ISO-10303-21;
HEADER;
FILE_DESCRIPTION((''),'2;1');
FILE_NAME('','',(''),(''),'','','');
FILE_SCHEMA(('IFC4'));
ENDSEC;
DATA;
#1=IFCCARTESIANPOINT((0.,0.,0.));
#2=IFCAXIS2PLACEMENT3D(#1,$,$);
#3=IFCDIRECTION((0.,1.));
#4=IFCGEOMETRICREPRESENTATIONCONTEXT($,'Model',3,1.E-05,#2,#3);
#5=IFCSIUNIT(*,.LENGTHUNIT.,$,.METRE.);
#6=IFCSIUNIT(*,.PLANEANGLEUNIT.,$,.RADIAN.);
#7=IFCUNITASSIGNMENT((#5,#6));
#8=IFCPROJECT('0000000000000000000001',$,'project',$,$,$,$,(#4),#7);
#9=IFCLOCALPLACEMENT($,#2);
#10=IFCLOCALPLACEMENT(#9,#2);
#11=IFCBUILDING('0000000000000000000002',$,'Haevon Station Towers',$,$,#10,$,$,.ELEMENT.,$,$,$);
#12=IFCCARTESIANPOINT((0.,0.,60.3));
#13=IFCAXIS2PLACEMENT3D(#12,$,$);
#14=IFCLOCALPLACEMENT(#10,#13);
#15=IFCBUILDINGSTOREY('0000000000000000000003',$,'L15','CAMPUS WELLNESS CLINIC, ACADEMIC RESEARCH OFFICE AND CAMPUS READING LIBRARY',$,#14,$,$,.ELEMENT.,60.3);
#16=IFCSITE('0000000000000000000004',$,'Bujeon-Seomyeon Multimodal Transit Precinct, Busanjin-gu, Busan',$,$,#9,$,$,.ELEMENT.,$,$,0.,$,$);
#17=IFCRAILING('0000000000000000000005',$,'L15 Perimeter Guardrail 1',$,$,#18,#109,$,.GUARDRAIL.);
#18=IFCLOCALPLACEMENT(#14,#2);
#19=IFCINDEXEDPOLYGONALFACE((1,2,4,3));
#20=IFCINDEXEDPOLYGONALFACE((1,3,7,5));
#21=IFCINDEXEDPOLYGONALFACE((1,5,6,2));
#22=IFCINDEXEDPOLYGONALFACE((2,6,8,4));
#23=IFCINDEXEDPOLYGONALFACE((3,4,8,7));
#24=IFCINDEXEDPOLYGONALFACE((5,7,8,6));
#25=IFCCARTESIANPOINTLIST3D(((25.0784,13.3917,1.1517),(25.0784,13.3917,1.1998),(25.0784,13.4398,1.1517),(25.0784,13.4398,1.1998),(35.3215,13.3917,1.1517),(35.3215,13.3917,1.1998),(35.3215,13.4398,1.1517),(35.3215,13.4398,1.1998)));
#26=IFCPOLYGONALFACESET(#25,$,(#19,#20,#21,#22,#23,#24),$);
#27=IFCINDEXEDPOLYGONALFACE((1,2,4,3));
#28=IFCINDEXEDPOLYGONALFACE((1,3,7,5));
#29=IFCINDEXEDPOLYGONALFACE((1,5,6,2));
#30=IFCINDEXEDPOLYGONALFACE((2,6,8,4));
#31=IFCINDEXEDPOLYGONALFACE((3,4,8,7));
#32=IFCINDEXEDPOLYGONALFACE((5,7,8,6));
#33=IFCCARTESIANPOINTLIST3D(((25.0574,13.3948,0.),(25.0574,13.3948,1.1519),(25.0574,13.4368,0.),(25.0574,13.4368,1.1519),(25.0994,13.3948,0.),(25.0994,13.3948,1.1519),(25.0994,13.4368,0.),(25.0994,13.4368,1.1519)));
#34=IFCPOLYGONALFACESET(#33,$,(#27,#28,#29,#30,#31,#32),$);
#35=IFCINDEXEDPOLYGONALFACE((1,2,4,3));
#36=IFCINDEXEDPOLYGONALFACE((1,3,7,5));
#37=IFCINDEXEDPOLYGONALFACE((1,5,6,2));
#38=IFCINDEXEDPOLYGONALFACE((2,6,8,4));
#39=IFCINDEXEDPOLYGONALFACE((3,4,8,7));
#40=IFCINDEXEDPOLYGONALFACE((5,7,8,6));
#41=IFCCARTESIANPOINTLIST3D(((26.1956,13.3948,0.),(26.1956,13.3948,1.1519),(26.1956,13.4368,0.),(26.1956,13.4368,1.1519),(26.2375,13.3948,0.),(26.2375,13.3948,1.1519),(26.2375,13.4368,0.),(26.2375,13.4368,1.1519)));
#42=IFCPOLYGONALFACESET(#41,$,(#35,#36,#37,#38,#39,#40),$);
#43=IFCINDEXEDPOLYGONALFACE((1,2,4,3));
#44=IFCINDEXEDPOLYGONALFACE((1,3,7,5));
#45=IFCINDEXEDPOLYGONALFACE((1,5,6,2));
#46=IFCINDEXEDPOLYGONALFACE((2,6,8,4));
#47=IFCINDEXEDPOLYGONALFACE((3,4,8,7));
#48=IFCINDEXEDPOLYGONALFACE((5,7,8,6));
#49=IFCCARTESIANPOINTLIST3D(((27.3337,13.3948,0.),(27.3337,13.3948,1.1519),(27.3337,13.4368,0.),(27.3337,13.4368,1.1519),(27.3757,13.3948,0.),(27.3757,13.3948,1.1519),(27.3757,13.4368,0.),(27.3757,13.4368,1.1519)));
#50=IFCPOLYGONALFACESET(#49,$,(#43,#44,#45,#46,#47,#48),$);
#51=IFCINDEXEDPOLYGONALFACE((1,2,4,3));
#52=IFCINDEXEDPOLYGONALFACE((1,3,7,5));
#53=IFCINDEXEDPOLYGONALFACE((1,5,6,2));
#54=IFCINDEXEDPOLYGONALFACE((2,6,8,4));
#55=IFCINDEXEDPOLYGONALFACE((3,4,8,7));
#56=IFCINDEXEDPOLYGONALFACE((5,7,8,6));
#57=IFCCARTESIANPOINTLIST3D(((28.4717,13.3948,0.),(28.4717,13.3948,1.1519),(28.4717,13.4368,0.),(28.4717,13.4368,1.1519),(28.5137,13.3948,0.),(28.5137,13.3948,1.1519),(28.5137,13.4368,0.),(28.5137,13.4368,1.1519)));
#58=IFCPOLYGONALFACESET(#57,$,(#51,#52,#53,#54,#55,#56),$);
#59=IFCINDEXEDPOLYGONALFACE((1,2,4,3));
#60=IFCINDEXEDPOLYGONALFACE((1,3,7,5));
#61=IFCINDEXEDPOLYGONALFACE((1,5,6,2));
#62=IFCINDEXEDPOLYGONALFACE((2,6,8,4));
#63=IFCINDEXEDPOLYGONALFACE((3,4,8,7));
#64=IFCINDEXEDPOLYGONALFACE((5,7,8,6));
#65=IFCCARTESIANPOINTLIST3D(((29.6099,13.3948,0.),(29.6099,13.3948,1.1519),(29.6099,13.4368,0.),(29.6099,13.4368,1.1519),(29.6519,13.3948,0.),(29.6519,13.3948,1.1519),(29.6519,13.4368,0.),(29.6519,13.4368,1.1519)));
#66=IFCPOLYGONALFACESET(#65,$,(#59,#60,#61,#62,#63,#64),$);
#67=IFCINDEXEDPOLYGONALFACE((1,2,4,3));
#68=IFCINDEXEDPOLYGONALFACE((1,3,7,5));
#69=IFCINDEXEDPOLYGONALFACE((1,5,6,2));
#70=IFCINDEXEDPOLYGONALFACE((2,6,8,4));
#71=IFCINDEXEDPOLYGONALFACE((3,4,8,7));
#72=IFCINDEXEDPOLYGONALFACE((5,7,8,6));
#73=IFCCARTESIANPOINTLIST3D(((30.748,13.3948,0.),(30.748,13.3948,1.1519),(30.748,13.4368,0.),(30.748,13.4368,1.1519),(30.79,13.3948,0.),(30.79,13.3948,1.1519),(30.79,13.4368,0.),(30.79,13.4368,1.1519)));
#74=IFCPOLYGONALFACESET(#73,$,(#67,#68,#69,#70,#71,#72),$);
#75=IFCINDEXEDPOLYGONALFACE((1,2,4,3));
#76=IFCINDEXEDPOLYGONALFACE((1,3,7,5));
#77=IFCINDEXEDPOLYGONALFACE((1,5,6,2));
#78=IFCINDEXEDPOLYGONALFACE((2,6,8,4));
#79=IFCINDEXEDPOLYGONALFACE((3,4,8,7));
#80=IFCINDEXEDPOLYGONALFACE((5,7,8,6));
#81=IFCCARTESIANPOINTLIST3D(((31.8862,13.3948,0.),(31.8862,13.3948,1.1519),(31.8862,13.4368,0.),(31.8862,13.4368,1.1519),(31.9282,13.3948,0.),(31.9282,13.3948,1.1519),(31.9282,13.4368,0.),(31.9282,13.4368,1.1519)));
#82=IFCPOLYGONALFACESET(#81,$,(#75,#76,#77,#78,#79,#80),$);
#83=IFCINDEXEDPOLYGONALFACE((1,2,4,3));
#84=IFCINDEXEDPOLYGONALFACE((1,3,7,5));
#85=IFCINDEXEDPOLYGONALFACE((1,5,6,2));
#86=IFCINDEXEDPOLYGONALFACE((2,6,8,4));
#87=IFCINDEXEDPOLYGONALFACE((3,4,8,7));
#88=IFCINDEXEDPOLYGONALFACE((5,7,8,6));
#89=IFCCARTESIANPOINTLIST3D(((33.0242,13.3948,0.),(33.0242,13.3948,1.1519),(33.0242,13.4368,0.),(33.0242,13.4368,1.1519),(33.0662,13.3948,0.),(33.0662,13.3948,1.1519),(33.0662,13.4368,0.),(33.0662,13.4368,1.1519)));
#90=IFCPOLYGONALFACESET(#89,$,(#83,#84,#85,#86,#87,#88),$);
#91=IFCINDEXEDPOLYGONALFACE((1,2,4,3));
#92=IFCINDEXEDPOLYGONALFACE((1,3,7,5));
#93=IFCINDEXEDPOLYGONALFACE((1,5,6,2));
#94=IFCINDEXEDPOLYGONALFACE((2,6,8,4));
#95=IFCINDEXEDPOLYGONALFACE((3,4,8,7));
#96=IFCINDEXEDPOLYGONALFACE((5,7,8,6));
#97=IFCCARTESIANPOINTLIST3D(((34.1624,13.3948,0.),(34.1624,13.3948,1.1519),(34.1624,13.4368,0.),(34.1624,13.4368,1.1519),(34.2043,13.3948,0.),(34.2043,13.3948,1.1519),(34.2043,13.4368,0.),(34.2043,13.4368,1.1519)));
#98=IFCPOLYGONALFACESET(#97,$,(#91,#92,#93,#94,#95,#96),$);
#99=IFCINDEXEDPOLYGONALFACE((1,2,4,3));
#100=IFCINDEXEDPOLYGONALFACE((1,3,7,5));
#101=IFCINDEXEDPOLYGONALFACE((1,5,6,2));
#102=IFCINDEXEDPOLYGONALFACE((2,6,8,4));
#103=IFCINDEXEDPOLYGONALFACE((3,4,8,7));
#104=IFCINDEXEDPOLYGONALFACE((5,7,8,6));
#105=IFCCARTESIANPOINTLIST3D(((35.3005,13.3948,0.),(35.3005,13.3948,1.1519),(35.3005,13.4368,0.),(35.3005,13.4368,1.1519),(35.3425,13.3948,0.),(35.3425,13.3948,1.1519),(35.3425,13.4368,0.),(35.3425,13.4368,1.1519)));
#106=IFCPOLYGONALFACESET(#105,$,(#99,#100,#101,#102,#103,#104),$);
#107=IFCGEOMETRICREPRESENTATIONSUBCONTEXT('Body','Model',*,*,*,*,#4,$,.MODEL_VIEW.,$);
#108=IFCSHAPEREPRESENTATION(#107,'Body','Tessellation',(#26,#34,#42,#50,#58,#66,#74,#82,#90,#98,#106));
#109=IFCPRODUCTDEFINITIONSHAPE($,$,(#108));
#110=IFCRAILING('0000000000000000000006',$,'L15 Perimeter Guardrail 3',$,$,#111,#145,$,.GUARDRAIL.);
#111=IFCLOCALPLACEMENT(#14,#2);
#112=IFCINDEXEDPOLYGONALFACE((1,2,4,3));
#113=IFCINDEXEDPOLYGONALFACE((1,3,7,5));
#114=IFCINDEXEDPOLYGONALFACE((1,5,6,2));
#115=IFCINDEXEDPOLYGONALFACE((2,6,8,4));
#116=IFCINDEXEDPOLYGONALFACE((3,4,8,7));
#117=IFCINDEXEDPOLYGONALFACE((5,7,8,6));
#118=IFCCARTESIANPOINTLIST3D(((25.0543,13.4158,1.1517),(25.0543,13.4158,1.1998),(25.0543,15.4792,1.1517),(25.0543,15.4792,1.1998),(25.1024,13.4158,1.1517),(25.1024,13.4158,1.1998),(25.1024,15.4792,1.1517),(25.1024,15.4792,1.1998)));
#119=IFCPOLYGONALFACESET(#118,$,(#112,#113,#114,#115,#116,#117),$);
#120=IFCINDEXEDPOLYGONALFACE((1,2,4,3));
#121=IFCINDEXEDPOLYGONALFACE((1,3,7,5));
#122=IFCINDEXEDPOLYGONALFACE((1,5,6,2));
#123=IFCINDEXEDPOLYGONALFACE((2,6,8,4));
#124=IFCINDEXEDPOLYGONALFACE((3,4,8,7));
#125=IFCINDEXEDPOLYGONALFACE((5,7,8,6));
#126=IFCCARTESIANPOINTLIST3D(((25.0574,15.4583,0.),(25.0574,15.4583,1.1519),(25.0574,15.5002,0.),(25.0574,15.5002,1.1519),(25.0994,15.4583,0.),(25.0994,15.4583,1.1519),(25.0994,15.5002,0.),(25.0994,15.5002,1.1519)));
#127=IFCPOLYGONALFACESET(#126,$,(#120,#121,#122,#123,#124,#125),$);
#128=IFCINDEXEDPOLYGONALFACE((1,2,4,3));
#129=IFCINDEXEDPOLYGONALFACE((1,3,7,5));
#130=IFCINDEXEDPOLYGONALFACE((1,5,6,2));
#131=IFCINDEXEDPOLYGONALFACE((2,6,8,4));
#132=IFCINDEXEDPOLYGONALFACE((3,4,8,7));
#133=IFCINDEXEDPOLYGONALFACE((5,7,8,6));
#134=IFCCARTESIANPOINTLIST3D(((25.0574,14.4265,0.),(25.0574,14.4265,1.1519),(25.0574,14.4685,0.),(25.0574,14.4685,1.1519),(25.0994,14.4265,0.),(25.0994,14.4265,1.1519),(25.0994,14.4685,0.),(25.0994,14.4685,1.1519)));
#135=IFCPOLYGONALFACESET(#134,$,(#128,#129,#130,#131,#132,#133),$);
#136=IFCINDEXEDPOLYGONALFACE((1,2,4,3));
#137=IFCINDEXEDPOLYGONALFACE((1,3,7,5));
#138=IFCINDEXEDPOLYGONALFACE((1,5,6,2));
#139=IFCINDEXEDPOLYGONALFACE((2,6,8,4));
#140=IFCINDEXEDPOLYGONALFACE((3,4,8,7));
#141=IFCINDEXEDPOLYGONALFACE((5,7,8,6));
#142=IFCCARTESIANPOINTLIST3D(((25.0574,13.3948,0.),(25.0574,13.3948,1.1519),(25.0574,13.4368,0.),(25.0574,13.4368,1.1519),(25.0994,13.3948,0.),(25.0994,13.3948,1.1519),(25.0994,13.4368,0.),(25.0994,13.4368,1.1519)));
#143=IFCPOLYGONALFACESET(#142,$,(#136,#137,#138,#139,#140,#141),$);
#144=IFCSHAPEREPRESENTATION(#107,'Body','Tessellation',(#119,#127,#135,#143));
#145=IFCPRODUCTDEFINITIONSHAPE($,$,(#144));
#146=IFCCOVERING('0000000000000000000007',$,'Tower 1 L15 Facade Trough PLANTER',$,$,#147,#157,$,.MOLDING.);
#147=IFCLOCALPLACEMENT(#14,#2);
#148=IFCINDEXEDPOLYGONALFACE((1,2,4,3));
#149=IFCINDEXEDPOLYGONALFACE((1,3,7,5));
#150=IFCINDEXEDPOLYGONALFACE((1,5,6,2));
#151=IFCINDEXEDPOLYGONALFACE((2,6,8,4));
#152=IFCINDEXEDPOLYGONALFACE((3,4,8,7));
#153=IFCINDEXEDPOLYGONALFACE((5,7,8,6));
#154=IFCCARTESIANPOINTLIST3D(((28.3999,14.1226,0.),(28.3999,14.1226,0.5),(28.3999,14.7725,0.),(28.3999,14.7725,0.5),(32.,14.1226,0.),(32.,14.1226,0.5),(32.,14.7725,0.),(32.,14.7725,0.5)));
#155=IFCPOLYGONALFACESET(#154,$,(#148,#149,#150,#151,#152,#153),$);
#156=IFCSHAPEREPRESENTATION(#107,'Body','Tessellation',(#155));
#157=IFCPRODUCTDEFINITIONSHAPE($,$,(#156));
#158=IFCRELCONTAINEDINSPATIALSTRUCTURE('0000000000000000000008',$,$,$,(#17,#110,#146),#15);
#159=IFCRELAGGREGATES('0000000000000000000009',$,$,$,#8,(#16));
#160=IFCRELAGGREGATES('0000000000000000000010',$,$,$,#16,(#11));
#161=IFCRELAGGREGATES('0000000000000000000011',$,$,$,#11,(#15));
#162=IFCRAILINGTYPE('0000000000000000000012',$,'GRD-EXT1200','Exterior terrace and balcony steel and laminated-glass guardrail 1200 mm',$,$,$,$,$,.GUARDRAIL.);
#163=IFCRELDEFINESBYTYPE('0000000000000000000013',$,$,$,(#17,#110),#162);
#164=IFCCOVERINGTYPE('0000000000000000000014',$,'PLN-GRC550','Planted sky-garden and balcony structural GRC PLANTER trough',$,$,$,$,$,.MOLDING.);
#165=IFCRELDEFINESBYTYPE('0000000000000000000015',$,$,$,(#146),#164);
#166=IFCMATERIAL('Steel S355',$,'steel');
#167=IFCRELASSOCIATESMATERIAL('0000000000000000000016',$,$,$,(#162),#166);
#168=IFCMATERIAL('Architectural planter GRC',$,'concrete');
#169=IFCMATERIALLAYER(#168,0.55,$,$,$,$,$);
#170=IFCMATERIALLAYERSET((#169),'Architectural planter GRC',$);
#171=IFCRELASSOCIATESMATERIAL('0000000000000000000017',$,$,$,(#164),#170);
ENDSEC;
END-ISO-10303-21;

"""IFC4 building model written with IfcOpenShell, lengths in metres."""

from ifc_helpers import new_model, si_unit, direction, frame, origin, origin_2d, place, context, subcontext, project, spatial, rectangle, extrude, material, layer, layer_set, type_object, element, save


model = new_model("IFC4")

# Units and contexts
model_context = context("Model", 3, precision=1e-05, world=origin(), true_north=direction((0.0, 1.0)))
body_context = subcontext(model_context, "Body", "Model", "MODEL_VIEW")
ifc_project = project(units=[si_unit("LENGTHUNIT", "METRE"), si_unit("PLANEANGLEUNIT", "RADIAN")], contexts=[model_context])

# Site, building, storey
site_placement = place(None, origin())
site = spatial("IfcSite", under=ifc_project, at=site_placement, Name="Bujeon-Seomyeon Multimodal Transit Precinct, Busanjin-gu, Busan", CompositionType="ELEMENT", RefElevation=0.0)
building_placement = place(site_placement, origin())
building = spatial("IfcBuilding", under=site, at=building_placement, Name="Haevon Station Towers", CompositionType="ELEMENT")
storey_placement = place(building_placement, frame((0.0, 0.0, 60.3)))
storey = spatial("IfcBuildingStorey", under=building, at=storey_placement, Name="L15", Description="CAMPUS WELLNESS CLINIC, ACADEMIC RESEARCH OFFICE AND CAMPUS READING LIBRARY", CompositionType="ELEMENT", Elevation=60.3)

# Shared definitions
ifc_material_1 = material(Name="Steel S355", Category="steel")

# Railings
railing_type = type_object("IfcRailingType", Name="GRD-EXT1200", Description="Exterior terrace and balcony steel and laminated-glass guardrail 1200 mm", PredefinedType="GUARDRAIL", material=ifc_material_1)
railing_1_placement = place(storey_placement, frame((25.0784, 13.4158, 0.0)))
element("IfcRailing", 1, at=railing_1_placement, inside=storey, type_object=railing_type, Name="L15 Perimeter Guardrail 1", PredefinedType="GUARDRAIL", context=body_context, shape_type="SweptSolid", body=[
    extrude(rectangle(XDim=0.0481, YDim=0.0481, at=origin_2d()), frame((0.0, 0.0, 1.1758), z_axis=(1.0, 0.0, 0.0), x_axis=(0.0, 1.0, 0.0)), (0.0, 0.0, 1.0), 10.2432),
    extrude(rectangle(XDim=0.042, YDim=0.042, at=origin_2d()), origin(), (0.0, 0.0, 1.0), 1.1519),
    extrude(rectangle(XDim=0.042, YDim=0.042, at=origin_2d()), frame((1.1382, 0.0, 0.0)), (0.0, 0.0, 1.0), 1.1519),
    extrude(rectangle(XDim=0.042, YDim=0.042, at=origin_2d()), frame((2.2764, 0.0, 0.0)), (0.0, 0.0, 1.0), 1.1519),
    extrude(rectangle(XDim=0.042, YDim=0.042, at=origin_2d()), frame((3.4143, 0.0, 0.0)), (0.0, 0.0, 1.0), 1.1519),
    extrude(rectangle(XDim=0.042, YDim=0.042, at=origin_2d()), frame((4.5525, 0.0, 0.0)), (0.0, 0.0, 1.0), 1.1519),
    extrude(rectangle(XDim=0.042, YDim=0.042, at=origin_2d()), frame((5.6907, 0.0, 0.0)), (0.0, 0.0, 1.0), 1.1519),
    extrude(rectangle(XDim=0.042, YDim=0.042, at=origin_2d()), frame((6.8289, 0.0, 0.0)), (0.0, 0.0, 1.0), 1.1519),
    extrude(rectangle(XDim=0.042, YDim=0.042, at=origin_2d()), frame((7.9668, 0.0, 0.0)), (0.0, 0.0, 1.0), 1.1519),
    extrude(rectangle(XDim=0.042, YDim=0.042, at=origin_2d()), frame((9.105, 0.0, 0.0)), (0.0, 0.0, 1.0), 1.1519),
    extrude(rectangle(XDim=0.042, YDim=0.042, at=origin_2d()), frame((10.2432, 0.0, 0.0)), (0.0, 0.0, 1.0), 1.1519),
])
railing_2_placement = place(storey_placement, frame((25.0784, 15.4792, 0.0)))
element("IfcRailing", 2, at=railing_2_placement, inside=storey, type_object=railing_type, Name="L15 Perimeter Guardrail 3", PredefinedType="GUARDRAIL", context=body_context, shape_type="SweptSolid", body=[
    extrude(rectangle(XDim=0.0481, YDim=0.0481, at=origin_2d()), frame((0.0, 0.0, 1.1758), z_axis=(0.0, -1.0, 0.0), x_axis=(1.0, 0.0, 0.0)), (0.0, 0.0, 1.0), 2.0635),
    extrude(rectangle(XDim=0.042, YDim=0.042, at=origin_2d()), origin(), (0.0, 0.0, 1.0), 1.1519),
    extrude(rectangle(XDim=0.042, YDim=0.042, at=origin_2d()), frame((0.0, -1.0317, 0.0)), (0.0, 0.0, 1.0), 1.1519),
    extrude(rectangle(XDim=0.042, YDim=0.042, at=origin_2d()), frame((0.0, -2.0635, 0.0)), (0.0, 0.0, 1.0), 1.1519),
])

# Covering
ifc_material_2 = material(Name="Architectural planter GRC", Category="concrete")
ifc_layer_1 = layer(ifc_material_2, 0.55)
ifc_layer_set_1 = layer_set([ifc_layer_1], Name="Architectural planter GRC")
covering_type_1 = type_object("IfcCoveringType", Name="PLN-GRC550", Description="Planted sky-garden and balcony structural GRC PLANTER trough", PredefinedType="MOLDING", material=ifc_layer_set_1)
covering_1_placement = place(storey_placement, frame((30.2, 14.4475, 0.0), z_axis=(0.0, 0.0, 1.0), x_axis=(1.0, 0.0, 0.0)))
element("IfcCovering", 3, at=covering_1_placement, inside=storey, type_object=covering_type_1, Name="Tower 1 L15 Facade Trough PLANTER", PredefinedType="MOLDING", context=body_context, shape_type="SweptSolid", body=[
    extrude(rectangle(XDim=3.6001, YDim=0.6499, at=origin_2d()), origin(), (0.0, 0.0, 1.0), 0.5),
])

save(model, "model.ifc")
